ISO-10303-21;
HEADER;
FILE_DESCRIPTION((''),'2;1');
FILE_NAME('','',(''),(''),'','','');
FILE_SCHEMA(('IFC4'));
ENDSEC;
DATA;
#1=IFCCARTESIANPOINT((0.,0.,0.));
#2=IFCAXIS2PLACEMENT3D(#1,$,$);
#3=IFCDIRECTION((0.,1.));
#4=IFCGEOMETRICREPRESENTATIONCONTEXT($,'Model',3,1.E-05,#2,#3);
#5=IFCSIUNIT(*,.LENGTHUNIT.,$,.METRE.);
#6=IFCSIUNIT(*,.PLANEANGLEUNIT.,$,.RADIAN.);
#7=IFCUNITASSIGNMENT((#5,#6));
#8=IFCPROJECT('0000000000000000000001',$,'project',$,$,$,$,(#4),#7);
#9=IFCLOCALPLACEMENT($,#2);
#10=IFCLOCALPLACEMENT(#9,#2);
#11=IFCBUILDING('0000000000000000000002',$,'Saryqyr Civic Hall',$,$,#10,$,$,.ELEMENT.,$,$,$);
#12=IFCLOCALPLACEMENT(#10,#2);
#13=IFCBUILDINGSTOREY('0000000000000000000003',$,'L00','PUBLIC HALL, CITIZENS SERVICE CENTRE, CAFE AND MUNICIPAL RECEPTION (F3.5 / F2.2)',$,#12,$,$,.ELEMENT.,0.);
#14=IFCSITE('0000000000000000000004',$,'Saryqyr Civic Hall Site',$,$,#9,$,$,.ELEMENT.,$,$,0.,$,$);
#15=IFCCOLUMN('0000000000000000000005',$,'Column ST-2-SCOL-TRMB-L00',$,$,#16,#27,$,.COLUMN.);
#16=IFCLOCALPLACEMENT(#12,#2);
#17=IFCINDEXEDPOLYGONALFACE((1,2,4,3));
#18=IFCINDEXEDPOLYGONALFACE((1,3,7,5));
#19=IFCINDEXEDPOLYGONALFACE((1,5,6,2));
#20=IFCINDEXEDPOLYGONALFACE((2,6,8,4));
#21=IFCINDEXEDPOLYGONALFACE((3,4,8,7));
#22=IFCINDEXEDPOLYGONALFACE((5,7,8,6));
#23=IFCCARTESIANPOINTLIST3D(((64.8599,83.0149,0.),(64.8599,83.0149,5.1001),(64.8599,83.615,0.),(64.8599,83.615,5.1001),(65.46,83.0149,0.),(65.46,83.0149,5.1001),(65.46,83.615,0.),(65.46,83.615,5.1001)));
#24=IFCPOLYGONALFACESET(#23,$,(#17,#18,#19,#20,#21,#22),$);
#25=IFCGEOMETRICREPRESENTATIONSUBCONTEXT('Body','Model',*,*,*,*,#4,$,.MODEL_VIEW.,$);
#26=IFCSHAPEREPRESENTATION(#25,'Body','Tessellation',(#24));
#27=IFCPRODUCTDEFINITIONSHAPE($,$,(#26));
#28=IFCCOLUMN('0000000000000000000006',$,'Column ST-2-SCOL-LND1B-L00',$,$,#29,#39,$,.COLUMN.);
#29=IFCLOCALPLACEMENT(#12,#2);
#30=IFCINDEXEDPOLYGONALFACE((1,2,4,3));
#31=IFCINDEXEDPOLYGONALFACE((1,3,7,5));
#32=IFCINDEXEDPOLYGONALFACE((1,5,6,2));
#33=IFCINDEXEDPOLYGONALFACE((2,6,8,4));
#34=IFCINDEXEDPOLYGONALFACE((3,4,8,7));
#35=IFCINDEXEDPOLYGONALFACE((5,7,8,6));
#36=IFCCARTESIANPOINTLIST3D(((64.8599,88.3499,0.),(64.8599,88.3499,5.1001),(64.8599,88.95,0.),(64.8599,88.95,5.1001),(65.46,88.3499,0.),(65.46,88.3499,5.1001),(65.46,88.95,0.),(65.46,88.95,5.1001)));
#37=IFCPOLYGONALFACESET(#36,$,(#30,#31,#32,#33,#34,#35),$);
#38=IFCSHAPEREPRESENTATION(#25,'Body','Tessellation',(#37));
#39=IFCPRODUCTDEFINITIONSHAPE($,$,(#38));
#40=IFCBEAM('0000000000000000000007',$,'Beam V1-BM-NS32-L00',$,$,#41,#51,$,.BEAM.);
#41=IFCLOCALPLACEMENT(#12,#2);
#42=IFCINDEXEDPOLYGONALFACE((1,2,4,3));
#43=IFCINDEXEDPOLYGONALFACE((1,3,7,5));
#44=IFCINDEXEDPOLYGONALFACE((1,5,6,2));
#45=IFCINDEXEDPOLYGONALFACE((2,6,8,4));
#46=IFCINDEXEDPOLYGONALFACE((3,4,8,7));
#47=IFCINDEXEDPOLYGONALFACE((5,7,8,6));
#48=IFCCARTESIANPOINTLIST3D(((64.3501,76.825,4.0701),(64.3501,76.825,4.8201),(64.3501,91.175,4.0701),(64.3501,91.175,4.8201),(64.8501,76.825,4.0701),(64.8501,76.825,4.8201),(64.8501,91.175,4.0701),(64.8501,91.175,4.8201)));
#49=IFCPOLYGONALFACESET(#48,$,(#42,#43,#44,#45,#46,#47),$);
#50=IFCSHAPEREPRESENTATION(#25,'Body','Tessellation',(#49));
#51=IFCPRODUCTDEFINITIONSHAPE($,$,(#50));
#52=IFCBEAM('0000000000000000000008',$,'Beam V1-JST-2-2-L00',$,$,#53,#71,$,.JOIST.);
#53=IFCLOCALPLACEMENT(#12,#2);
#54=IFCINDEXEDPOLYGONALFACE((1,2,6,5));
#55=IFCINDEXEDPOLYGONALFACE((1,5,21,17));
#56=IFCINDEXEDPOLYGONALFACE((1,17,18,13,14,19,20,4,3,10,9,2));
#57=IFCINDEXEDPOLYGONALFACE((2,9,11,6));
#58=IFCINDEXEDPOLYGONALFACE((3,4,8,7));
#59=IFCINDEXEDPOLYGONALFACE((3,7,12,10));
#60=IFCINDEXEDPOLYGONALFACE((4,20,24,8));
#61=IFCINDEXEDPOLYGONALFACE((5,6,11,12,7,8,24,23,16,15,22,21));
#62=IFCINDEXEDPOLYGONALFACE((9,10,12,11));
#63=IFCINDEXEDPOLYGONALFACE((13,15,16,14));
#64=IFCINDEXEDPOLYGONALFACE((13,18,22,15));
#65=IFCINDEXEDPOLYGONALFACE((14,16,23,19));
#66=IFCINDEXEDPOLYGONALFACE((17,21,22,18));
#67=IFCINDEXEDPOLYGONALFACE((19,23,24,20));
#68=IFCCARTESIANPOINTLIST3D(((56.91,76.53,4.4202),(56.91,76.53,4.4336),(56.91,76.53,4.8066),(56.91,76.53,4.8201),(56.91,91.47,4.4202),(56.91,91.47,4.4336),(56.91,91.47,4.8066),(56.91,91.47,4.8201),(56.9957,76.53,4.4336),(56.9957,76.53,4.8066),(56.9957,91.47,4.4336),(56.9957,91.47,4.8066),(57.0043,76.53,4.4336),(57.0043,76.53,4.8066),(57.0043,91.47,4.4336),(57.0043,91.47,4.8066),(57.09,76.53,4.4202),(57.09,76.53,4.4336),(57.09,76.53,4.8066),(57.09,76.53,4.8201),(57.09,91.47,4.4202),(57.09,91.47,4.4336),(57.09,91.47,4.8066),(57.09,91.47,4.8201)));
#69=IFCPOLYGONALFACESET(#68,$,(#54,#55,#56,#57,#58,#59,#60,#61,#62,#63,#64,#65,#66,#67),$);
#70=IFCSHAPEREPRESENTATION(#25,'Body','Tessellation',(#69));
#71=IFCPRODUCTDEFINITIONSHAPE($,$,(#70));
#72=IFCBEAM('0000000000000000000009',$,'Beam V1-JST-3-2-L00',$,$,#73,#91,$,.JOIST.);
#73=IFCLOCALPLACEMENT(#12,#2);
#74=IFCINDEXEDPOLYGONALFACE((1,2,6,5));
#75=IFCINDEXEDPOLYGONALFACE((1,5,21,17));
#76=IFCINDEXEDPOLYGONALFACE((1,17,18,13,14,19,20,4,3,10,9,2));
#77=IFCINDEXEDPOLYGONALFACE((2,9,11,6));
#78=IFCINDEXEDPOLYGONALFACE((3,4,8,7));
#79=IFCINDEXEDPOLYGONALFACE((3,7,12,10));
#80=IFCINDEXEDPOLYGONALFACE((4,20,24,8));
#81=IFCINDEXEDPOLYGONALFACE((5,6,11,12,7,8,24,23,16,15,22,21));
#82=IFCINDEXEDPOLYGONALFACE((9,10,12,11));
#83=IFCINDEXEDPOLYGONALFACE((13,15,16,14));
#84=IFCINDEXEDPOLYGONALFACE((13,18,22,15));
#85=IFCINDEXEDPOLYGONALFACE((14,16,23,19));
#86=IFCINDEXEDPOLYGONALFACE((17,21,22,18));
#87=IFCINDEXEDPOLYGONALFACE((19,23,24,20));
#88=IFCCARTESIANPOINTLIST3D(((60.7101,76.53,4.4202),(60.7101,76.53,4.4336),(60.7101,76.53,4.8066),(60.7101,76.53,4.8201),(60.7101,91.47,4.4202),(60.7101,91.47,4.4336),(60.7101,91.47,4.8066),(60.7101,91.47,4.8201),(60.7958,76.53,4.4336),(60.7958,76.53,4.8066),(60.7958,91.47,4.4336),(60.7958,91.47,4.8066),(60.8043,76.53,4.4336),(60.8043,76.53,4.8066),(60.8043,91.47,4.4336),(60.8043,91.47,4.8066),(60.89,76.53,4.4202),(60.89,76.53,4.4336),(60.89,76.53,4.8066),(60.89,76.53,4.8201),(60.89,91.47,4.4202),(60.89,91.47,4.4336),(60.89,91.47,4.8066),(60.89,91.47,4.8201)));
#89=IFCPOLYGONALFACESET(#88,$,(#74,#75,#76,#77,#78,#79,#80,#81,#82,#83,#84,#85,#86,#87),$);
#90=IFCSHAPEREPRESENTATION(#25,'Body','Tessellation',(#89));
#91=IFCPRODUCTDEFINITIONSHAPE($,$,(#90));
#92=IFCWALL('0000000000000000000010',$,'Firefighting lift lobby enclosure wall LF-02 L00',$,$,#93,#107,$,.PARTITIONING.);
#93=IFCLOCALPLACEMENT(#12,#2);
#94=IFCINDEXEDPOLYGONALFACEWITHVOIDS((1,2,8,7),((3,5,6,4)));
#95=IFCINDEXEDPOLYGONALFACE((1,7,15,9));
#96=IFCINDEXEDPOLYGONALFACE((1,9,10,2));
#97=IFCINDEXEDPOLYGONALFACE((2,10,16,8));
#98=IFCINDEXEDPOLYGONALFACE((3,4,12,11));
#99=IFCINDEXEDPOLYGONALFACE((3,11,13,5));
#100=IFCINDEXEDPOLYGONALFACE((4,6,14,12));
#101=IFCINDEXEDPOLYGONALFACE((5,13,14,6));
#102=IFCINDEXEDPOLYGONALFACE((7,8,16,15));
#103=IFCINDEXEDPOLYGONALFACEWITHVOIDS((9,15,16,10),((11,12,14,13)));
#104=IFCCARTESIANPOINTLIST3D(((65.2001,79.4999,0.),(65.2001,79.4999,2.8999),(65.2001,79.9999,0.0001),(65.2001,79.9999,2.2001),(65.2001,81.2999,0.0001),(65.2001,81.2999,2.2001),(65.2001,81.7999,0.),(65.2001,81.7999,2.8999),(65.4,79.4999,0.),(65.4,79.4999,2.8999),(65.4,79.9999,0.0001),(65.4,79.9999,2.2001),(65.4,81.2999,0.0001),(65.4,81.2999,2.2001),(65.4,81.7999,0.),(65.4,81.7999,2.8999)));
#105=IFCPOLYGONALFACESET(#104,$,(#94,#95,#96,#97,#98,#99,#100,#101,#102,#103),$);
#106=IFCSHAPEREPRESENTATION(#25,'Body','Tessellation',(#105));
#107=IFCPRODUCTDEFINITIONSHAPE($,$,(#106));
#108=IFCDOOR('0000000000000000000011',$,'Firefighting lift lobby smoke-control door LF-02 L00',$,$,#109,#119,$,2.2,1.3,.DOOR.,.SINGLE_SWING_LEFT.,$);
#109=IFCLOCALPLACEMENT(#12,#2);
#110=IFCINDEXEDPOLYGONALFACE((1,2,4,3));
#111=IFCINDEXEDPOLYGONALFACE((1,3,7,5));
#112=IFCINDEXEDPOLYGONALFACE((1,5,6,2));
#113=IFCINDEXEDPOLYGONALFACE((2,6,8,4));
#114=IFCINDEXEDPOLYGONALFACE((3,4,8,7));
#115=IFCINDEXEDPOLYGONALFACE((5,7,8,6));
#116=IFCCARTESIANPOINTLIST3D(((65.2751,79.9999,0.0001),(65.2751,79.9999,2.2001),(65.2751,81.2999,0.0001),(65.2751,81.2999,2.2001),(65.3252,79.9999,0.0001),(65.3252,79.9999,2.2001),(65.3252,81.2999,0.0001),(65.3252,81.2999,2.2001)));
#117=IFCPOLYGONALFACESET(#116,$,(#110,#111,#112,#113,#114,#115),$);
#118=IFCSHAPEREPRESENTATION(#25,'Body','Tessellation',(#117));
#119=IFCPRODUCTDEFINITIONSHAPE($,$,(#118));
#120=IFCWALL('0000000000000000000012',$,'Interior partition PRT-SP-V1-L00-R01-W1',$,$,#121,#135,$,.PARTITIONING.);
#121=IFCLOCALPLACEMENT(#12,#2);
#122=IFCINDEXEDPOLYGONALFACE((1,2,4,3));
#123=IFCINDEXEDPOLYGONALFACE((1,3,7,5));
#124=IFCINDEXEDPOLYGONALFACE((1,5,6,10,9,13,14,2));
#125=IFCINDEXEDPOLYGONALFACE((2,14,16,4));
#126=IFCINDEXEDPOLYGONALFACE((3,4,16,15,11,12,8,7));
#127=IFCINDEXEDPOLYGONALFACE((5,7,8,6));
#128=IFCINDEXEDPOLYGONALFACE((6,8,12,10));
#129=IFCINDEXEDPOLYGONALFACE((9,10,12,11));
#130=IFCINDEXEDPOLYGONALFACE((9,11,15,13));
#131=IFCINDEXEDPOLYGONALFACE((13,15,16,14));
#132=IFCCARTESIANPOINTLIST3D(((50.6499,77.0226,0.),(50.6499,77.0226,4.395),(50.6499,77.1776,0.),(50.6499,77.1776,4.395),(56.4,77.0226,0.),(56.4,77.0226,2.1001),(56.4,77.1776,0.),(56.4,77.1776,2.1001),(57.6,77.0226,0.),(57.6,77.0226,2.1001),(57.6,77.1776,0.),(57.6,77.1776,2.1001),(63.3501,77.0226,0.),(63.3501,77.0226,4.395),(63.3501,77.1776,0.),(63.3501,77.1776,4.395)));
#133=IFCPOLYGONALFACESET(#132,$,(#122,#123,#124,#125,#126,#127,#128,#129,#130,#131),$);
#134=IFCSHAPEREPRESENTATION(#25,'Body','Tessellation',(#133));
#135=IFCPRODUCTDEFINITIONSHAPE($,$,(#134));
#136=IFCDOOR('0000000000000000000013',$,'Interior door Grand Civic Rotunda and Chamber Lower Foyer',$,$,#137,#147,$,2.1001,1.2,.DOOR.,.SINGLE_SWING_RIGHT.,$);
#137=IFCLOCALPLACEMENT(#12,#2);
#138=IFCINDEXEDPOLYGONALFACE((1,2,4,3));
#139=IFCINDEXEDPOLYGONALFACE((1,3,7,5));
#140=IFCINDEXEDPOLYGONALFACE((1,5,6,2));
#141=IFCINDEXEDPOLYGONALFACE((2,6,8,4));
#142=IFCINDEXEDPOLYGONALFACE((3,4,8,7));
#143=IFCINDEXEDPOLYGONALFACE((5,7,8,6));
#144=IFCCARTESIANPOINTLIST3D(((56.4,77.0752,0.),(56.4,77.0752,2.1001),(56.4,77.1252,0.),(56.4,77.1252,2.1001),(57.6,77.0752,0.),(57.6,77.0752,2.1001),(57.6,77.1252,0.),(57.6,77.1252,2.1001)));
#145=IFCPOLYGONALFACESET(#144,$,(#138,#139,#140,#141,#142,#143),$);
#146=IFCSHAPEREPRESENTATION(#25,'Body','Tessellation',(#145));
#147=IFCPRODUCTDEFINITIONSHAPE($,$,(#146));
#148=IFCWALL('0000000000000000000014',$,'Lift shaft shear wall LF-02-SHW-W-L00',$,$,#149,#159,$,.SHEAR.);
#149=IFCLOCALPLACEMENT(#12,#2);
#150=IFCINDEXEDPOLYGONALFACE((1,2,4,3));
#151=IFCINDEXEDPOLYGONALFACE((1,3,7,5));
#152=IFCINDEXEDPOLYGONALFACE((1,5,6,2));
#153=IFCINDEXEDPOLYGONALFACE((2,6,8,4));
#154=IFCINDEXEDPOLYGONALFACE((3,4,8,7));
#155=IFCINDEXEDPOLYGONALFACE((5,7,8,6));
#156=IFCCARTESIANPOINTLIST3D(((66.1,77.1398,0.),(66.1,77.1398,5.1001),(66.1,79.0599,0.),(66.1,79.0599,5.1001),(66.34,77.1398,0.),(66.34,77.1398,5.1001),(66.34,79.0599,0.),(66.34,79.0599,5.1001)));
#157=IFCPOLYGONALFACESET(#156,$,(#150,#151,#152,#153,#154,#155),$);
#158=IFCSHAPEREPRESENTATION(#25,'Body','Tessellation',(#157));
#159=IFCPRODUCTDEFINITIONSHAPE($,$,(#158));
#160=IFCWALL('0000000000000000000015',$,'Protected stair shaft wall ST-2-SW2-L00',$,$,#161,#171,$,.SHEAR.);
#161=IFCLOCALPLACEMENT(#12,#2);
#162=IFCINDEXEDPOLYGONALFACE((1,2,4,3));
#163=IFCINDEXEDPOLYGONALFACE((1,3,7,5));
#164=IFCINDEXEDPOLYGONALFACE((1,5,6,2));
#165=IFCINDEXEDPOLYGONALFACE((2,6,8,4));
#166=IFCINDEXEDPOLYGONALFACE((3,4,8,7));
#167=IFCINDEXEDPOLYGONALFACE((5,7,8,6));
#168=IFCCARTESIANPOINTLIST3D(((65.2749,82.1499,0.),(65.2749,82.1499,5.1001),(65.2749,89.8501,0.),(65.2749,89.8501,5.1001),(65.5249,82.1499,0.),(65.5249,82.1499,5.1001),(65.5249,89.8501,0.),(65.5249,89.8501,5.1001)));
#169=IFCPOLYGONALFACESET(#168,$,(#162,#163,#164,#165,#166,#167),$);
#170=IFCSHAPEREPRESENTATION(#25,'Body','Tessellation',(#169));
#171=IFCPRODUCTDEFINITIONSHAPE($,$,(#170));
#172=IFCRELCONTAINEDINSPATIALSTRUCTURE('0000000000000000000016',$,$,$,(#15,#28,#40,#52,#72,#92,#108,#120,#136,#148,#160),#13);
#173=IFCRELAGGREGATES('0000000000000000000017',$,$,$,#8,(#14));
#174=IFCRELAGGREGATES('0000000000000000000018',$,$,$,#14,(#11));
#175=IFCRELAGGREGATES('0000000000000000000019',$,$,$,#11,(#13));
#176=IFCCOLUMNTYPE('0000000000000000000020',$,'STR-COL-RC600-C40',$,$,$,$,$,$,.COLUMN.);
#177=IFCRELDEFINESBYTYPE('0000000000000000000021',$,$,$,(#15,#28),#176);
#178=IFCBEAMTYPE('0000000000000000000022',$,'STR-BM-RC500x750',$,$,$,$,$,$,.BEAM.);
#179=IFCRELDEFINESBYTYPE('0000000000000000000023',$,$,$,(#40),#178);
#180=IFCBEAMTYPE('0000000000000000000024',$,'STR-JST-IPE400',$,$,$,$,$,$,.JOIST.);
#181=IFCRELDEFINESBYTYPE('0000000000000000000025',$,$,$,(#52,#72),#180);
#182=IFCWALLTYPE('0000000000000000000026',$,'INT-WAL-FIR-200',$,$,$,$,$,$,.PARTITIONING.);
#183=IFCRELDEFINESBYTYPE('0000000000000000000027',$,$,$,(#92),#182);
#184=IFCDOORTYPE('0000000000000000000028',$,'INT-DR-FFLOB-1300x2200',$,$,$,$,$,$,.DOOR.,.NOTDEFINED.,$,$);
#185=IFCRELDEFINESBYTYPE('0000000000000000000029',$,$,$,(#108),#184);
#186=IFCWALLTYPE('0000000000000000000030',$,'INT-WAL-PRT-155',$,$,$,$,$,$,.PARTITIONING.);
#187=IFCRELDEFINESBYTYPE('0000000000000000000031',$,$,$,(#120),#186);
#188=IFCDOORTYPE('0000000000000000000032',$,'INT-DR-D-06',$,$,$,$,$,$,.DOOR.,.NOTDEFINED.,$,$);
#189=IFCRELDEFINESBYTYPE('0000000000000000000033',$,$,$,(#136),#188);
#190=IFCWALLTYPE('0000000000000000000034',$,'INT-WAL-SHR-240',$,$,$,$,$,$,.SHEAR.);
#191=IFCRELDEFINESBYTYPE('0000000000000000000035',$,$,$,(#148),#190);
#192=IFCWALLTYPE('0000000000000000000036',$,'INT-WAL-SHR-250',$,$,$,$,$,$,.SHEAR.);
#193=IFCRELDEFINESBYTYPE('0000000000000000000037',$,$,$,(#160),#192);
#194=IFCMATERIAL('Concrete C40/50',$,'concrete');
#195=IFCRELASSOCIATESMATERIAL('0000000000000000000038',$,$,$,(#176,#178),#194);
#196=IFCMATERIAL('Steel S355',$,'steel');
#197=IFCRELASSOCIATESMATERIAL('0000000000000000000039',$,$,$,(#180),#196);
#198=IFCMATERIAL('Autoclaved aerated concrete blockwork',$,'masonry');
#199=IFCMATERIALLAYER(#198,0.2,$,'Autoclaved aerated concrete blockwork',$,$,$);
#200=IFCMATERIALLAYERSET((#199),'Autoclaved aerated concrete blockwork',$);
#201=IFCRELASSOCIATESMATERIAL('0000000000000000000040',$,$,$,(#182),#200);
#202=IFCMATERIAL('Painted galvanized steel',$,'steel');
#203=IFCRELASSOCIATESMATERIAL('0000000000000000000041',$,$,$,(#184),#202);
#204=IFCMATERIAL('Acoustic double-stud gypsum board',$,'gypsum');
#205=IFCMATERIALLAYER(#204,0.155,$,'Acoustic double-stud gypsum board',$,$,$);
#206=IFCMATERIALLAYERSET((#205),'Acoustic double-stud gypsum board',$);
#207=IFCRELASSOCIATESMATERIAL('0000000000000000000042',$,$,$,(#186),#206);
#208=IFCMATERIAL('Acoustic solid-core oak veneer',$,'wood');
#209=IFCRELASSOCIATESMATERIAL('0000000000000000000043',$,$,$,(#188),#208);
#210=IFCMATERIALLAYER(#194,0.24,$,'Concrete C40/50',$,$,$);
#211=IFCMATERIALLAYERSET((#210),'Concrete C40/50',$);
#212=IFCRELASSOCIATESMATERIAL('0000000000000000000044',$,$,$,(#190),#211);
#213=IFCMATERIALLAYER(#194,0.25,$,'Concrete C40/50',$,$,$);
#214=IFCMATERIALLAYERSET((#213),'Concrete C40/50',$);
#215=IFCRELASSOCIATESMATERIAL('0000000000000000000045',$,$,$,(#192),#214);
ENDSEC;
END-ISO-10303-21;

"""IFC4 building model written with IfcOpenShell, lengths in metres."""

from ifc_helpers import new_model, si_unit, direction, frame, frame_2d, origin, origin_2d, place, context, subcontext, project, spatial, rectangle, i_section, extrude, material, layer, layer_set, material_profile, profile_set, type_object, element, fill, save


model = new_model("IFC4")

# Units and contexts
model_context = context("Model", 3, precision=1e-05, world=origin(), true_north=direction((0.0, 1.0)))
body_context = subcontext(model_context, "Body", "Model", "MODEL_VIEW")
ifc_project = project(units=[si_unit("LENGTHUNIT", "METRE"), si_unit("PLANEANGLEUNIT", "RADIAN")], contexts=[model_context])

# Site, building, storey
site_placement = place(None, origin())
site = spatial("IfcSite", under=ifc_project, at=site_placement, Name="Saryqyr Civic Hall Site", CompositionType="ELEMENT", RefElevation=0.0)
building_placement = place(site_placement, origin())
building = spatial("IfcBuilding", under=site, at=building_placement, Name="Saryqyr Civic Hall", CompositionType="ELEMENT")
storey_placement = place(building_placement, origin())
storey = spatial("IfcBuildingStorey", under=building, at=storey_placement, Name="L00", Description="PUBLIC HALL, CITIZENS SERVICE CENTRE, CAFE AND MUNICIPAL RECEPTION (F3.5 / F2.2)", CompositionType="ELEMENT", Elevation=0.0)

# Columns
ifc_material_1 = material(Name="Concrete C40/50", Category="concrete")
ifc_material_profile_1 = material_profile(ifc_material_1, rectangle(XDim=0.6001, YDim=0.6001, at=origin_2d()), Name="RC 600x600")
ifc_profile_set_1 = profile_set([ifc_material_profile_1], Name="Concrete C40/50")
column_type = type_object("IfcColumnType", Name="STR-COL-RC600-C40", PredefinedType="COLUMN", material=ifc_profile_set_1)
for number, where, z_axis, x_axis, name in (
    (1, (65.1599, 83.3149, 0.0), (0.0, 0.0, 1.0), (1.0, 0.0, 0.0), "Column ST-2-SCOL-TRMB-L00"),
    (2, (65.1599, 88.6499, 0.0), (0.0, 0.0, 1.0), (1.0, 0.0, 0.0), "Column ST-2-SCOL-LND1B-L00"),
):
    element("IfcColumn", number, at=place(storey_placement, frame(where, z_axis=z_axis, x_axis=x_axis)), inside=storey, type_object=column_type, Name=name, PredefinedType="COLUMN", context=body_context, shape_type="SweptSolid", body=[
        extrude(rectangle(XDim=0.6001, YDim=0.6001, at=origin_2d()), origin(), (0.0, 0.0, 1.0), 5.1001),
    ])

# Beams
ifc_material_profile_2 = material_profile(ifc_material_1, rectangle(XDim=0.5, YDim=0.75, at=origin_2d()), Name="RC 500x750")
ifc_profile_set_2 = profile_set([ifc_material_profile_2], Name="Concrete C40/50")
beam_type_1 = type_object("IfcBeamType", Name="STR-BM-RC500x750", PredefinedType="BEAM", material=ifc_profile_set_2)
beam_placement = place(storey_placement, frame((64.6001, 76.825, 4.4451), z_axis=(0.0, 1.0, 0.0), x_axis=(-1.0, 0.0, 0.0)))
element("IfcBeam", 3, at=beam_placement, inside=storey, type_object=beam_type_1, Name="Beam V1-BM-NS32-L00", PredefinedType="BEAM", context=body_context, shape_type="SweptSolid", body=[
    extrude(rectangle(XDim=0.5, YDim=0.75, at=origin_2d()), origin(), (0.0, 0.0, 1.0), 14.3501),
])
ifc_material_2 = material(Name="Steel S355", Category="steel")
ifc_material_profile_3 = material_profile(ifc_material_2, i_section(OverallWidth=0.1799, OverallDepth=0.3999, WebThickness=0.0085, FlangeThickness=0.0134, at=origin_2d()), Name="IPE 400")
ifc_profile_set_3 = profile_set([ifc_material_profile_3], Name="Steel S355")
beam_type_2 = type_object("IfcBeamType", Name="STR-JST-IPE400", PredefinedType="JOIST", material=ifc_profile_set_3)
for number, where, z_axis, x_axis, name in (
    (4, (57.0, 76.53, 4.6201), (0.0, 1.0, 0.0), (-1.0, 0.0, 0.0), "Beam V1-JST-2-2-L00"),
    (5, (60.8, 76.53, 4.6201), (0.0, 1.0, 0.0), (-1.0, 0.0, 0.0), "Beam V1-JST-3-2-L00"),
):
    element("IfcBeam", number, at=place(storey_placement, frame(where, z_axis=z_axis, x_axis=x_axis)), inside=storey, type_object=beam_type_2, Name=name, PredefinedType="JOIST", context=body_context, shape_type="SweptSolid", body=[
        extrude(i_section(OverallWidth=0.1799, OverallDepth=0.3999, WebThickness=0.0085, FlangeThickness=0.0134, at=origin_2d()), origin(), (0.0, 0.0, 1.0), 14.9399),
    ])

# Walls, openings, doors
ifc_material_3 = material(Name="Autoclaved aerated concrete blockwork", Category="masonry")
ifc_layer_1 = layer(ifc_material_3, 0.2, Name="Autoclaved aerated concrete blockwork")
ifc_layer_set_1 = layer_set([ifc_layer_1], Name="Autoclaved aerated concrete blockwork")
wall_type_1 = type_object("IfcWallType", Name="INT-WAL-FIR-200", PredefinedType="PARTITIONING", material=ifc_layer_set_1)
wall_1_placement = place(storey_placement, frame((65.3, 79.5, 0.0), z_axis=(0.0, 0.0, 1.0), x_axis=(0.0, 1.0, 0.0)))
wall_1 = element("IfcWall", 6, at=wall_1_placement, inside=storey, type_object=wall_type_1, Name="Firefighting lift lobby enclosure wall LF-02 L00", PredefinedType="PARTITIONING", context=body_context, shape_type="SweptSolid", body=[
    extrude(rectangle(XDim=2.3, YDim=0.2, at=frame_2d((1.1499, 0.0))), origin(), (0.0, 0.0, 1.0), 2.8999),
])
opening_1_placement = place(wall_1_placement, frame((0.5, 0.0, 0.0)))
opening_1 = element("IfcOpeningElement", 7, at=opening_1_placement, cuts=wall_1, PredefinedType="OPENING", context=body_context, shape_type="SweptSolid", body=[
    extrude(rectangle(XDim=1.3, YDim=2.2, at=frame_2d((0.6499, 1.1001))), frame((0.0, 0.1099, 0.0), z_axis=(0.0, -1.0, 0.0), x_axis=(1.0, 0.0, 0.0)), (0.0, 0.0, 1.0), 0.22),
])
ifc_material_4 = material(Name="Painted galvanized steel", Category="steel")
door_type_1 = type_object("IfcDoorType", Name="INT-DR-FFLOB-1300x2200", OperationType="NOTDEFINED", PredefinedType="DOOR", material=ifc_material_4)
door_1_placement = place(opening_1_placement, origin())
door_1 = element("IfcDoor", 8, at=door_1_placement, inside=storey, type_object=door_type_1, Name="Firefighting lift lobby smoke-control door LF-02 L00", OperationType="SINGLE_SWING_LEFT", OverallHeight=2.2, OverallWidth=1.3, PredefinedType="DOOR", context=body_context, shape_type="SweptSolid", body=[
    extrude(rectangle(XDim=1.3, YDim=2.2, at=frame_2d((0.6499, 1.1001))), frame((0.0, 0.0249, 0.0), z_axis=(0.0, -1.0, 0.0), x_axis=(1.0, 0.0, 0.0)), (0.0, 0.0, 1.0), 0.05),
])
fill(opening_1, door_1)
ifc_material_5 = material(Name="Acoustic double-stud gypsum board", Category="gypsum")
ifc_layer_2 = layer(ifc_material_5, 0.155, Name="Acoustic double-stud gypsum board")
ifc_layer_set_2 = layer_set([ifc_layer_2], Name="Acoustic double-stud gypsum board")
wall_type_2 = type_object("IfcWallType", Name="INT-WAL-PRT-155", PredefinedType="PARTITIONING", material=ifc_layer_set_2)
wall_2_placement = place(storey_placement, frame((63.3501, 77.1001, 0.0), z_axis=(0.0, 0.0, 1.0), x_axis=(-1.0, 0.0, 0.0)))
wall_2 = element("IfcWall", 9, at=wall_2_placement, inside=storey, type_object=wall_type_2, Name="Interior partition PRT-SP-V1-L00-R01-W1", PredefinedType="PARTITIONING", context=body_context, shape_type="SweptSolid", body=[
    extrude(rectangle(XDim=12.7002, YDim=0.155, at=frame_2d((6.3501, 0.0))), origin(), (0.0, 0.0, 1.0), 4.395),
])
opening_2_placement = place(wall_2_placement, frame((5.75, 0.0, 0.0)))
opening_2 = element("IfcOpeningElement", 10, at=opening_2_placement, cuts=wall_2, PredefinedType="OPENING", context=body_context, shape_type="SweptSolid", body=[
    extrude(rectangle(XDim=1.2, YDim=2.1001, at=frame_2d((0.6001, 1.05))), frame((0.0, 0.0874, 0.0), z_axis=(0.0, -1.0, 0.0), x_axis=(1.0, 0.0, 0.0)), (0.0, 0.0, 1.0), 0.175),
])
ifc_material_6 = material(Name="Acoustic solid-core oak veneer", Category="wood")
door_type_2 = type_object("IfcDoorType", Name="INT-DR-D-06", OperationType="NOTDEFINED", PredefinedType="DOOR", material=ifc_material_6)
door_2_placement = place(opening_2_placement, origin())
door_2 = element("IfcDoor", 11, at=door_2_placement, inside=storey, type_object=door_type_2, Name="Interior door Grand Civic Rotunda and Chamber Lower Foyer", OperationType="SINGLE_SWING_RIGHT", OverallHeight=2.1001, OverallWidth=1.2, PredefinedType="DOOR", context=body_context, shape_type="SweptSolid", body=[
    extrude(rectangle(XDim=1.2, YDim=2.1001, at=frame_2d((0.6001, 1.05))), frame((0.0, 0.0249, 0.0), z_axis=(0.0, -1.0, 0.0), x_axis=(1.0, 0.0, 0.0)), (0.0, 0.0, 1.0), 0.05),
])
fill(opening_2, door_2)
ifc_layer_3 = layer(ifc_material_1, 0.24, Name="Concrete C40/50")
ifc_layer_set_3 = layer_set([ifc_layer_3], Name="Concrete C40/50")
wall_type_3 = type_object("IfcWallType", Name="INT-WAL-SHR-240", PredefinedType="SHEAR", material=ifc_layer_set_3)

# Walls
wall_3_placement = place(storey_placement, frame((66.22, 77.1399, 0.0), z_axis=(0.0, 0.0, 1.0), x_axis=(0.0, 1.0, 0.0)))
element("IfcWall", 12, at=wall_3_placement, inside=storey, type_object=wall_type_3, Name="Lift shaft shear wall LF-02-SHW-W-L00", PredefinedType="SHEAR", context=body_context, shape_type="SweptSolid", body=[
    extrude(rectangle(XDim=1.9202, YDim=0.24, at=frame_2d((0.96, 0.0))), origin(), (0.0, 0.0, 1.0), 5.1001),
])
ifc_layer_4 = layer(ifc_material_1, 0.25, Name="Concrete C40/50")
ifc_layer_set_4 = layer_set([ifc_layer_4], Name="Concrete C40/50")
wall_type_4 = type_object("IfcWallType", Name="INT-WAL-SHR-250", PredefinedType="SHEAR", material=ifc_layer_set_4)
wall_4_placement = place(storey_placement, frame((65.3999, 82.1499, 0.0), z_axis=(0.0, 0.0, 1.0), x_axis=(0.0, 1.0, 0.0)))
element("IfcWall", 13, at=wall_4_placement, inside=storey, type_object=wall_type_4, Name="Protected stair shaft wall ST-2-SW2-L00", PredefinedType="SHEAR", context=body_context, shape_type="SweptSolid", body=[
    extrude(rectangle(XDim=7.7002, YDim=0.25, at=frame_2d((3.8501, 0.0))), origin(), (0.0, 0.0, 1.0), 5.1001),
])

save(model, "model.ifc")
